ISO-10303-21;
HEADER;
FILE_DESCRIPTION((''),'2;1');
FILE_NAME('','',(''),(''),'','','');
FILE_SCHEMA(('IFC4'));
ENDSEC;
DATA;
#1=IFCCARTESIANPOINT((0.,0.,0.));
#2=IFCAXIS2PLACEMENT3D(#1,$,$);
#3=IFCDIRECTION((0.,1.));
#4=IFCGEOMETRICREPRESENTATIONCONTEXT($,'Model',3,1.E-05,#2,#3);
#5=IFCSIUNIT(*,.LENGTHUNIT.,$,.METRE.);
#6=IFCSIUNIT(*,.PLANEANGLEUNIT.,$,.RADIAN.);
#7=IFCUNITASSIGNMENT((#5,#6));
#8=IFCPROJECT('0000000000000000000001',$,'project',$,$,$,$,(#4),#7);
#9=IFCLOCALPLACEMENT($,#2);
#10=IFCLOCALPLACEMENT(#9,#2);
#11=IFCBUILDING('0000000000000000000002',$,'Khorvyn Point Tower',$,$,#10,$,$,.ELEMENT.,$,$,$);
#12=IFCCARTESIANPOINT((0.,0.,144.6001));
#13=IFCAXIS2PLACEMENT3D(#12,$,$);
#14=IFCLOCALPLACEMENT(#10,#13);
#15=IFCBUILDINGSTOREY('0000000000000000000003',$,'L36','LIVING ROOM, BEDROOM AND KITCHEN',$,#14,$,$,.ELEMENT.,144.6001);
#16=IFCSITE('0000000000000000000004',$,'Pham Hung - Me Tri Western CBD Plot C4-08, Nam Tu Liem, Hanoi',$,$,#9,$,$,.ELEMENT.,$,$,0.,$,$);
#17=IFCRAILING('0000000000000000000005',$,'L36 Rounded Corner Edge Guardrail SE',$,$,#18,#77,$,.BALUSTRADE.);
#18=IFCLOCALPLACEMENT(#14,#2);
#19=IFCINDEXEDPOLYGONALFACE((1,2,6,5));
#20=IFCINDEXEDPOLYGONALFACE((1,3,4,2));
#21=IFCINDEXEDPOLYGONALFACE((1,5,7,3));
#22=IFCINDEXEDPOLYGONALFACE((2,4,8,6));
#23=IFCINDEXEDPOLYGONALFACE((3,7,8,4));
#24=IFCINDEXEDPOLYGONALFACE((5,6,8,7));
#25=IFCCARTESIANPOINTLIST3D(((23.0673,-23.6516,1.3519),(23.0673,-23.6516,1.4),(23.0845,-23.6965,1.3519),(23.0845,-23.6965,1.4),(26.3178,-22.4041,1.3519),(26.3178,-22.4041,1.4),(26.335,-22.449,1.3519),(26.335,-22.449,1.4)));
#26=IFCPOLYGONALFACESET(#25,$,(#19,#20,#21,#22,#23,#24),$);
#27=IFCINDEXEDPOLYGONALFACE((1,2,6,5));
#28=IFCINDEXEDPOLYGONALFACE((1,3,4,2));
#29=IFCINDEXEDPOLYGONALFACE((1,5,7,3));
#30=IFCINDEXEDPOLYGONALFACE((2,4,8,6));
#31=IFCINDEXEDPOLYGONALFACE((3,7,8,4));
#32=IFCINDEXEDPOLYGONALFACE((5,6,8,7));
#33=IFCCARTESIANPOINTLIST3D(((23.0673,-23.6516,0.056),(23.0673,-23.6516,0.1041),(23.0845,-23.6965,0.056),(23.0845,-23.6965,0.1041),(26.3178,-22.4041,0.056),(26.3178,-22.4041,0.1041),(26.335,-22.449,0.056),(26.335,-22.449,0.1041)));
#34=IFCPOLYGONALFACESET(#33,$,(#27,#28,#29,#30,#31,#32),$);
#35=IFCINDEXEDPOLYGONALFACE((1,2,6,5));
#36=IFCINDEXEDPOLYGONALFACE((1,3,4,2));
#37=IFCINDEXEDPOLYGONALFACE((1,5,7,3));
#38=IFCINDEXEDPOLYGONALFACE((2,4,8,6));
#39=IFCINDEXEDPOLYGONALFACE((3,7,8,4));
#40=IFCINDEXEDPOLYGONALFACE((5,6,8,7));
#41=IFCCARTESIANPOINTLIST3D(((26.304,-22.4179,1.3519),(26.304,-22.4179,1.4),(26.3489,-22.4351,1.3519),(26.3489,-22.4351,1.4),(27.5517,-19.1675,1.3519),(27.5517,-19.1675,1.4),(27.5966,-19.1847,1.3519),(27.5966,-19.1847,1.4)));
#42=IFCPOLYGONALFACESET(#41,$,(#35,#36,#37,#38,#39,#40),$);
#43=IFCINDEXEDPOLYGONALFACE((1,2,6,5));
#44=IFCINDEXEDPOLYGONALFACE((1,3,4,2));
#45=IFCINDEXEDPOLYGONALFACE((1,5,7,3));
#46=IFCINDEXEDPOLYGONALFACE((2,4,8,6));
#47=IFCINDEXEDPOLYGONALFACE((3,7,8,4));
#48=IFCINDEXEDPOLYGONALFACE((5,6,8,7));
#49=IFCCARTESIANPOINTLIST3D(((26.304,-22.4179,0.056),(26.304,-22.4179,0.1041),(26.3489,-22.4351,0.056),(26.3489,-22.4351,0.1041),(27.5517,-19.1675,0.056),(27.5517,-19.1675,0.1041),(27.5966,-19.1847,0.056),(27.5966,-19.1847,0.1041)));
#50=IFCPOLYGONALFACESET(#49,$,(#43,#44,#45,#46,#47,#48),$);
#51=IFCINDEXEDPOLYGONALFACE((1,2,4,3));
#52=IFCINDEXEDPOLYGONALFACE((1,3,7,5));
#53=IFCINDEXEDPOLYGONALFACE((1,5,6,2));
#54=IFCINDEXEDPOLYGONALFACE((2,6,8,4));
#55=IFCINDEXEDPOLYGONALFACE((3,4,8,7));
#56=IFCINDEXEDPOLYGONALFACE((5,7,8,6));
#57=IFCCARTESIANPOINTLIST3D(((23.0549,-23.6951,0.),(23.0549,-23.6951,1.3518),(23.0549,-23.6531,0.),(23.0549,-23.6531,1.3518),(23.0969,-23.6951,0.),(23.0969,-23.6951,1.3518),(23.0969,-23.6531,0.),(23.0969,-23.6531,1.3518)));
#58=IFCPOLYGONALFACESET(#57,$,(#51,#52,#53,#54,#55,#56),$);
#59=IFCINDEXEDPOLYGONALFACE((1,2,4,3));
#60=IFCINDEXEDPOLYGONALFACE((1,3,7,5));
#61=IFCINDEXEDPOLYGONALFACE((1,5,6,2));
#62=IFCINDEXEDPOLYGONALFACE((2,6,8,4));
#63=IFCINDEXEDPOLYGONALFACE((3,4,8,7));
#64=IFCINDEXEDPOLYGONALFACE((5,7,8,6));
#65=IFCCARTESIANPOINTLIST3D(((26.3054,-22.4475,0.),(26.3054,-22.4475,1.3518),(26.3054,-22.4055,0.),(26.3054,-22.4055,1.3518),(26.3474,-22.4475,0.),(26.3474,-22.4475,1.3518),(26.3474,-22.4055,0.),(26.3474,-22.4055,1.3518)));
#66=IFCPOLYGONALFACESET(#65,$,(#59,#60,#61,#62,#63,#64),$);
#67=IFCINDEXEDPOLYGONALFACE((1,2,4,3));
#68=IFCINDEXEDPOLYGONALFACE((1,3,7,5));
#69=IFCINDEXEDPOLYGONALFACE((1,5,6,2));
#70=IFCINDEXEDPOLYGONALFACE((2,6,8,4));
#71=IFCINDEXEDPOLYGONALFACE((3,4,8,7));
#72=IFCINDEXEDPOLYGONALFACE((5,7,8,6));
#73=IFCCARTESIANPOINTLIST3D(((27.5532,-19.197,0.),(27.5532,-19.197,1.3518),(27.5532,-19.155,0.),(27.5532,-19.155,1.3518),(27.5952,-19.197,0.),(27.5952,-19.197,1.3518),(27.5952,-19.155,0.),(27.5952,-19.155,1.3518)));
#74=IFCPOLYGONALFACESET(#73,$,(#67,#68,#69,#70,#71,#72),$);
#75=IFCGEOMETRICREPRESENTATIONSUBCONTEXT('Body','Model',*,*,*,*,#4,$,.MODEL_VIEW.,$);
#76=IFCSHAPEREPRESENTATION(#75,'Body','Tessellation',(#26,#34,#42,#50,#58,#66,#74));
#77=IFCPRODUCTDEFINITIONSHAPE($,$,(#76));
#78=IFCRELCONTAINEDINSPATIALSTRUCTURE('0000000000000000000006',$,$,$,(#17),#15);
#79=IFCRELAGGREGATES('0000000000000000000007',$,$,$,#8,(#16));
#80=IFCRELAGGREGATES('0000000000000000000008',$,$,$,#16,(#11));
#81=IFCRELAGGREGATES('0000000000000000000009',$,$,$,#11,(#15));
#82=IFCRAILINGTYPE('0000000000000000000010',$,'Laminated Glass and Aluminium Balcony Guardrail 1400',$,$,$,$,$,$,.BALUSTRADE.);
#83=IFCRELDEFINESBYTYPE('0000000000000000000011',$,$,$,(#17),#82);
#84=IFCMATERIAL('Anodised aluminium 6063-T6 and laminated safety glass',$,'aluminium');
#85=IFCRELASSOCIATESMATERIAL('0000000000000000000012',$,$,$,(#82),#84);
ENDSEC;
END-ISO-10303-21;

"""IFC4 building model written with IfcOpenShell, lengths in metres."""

from ifc_helpers import new_model, si_unit, direction, frame, origin, origin_2d, place, context, subcontext, project, spatial, rectangle, extrude, material, type_object, element, save


model = new_model("IFC4")

# Units and contexts
model_context = context("Model", 3, precision=1e-05, world=origin(), true_north=direction((0.0, 1.0)))
body_context = subcontext(model_context, "Body", "Model", "MODEL_VIEW")
ifc_project = project(units=[si_unit("LENGTHUNIT", "METRE"), si_unit("PLANEANGLEUNIT", "RADIAN")], contexts=[model_context])

# Site, building, storey
site_placement = place(None, origin())
site = spatial("IfcSite", under=ifc_project, at=site_placement, Name="Pham Hung - Me Tri Western CBD Plot C4-08, Nam Tu Liem, Hanoi", CompositionType="ELEMENT", RefElevation=0.0)
building_placement = place(site_placement, origin())
building = spatial("IfcBuilding", under=site, at=building_placement, Name="Khorvyn Point Tower", CompositionType="ELEMENT")
storey_placement = place(building_placement, frame((0.0, 0.0, 144.6001)))
storey = spatial("IfcBuildingStorey", under=building, at=storey_placement, Name="L36", Description="LIVING ROOM, BEDROOM AND KITCHEN", CompositionType="ELEMENT", Elevation=144.6001)

# Railing
ifc_material_1 = material(Name="Anodised aluminium 6063-T6 and laminated safety glass", Category="aluminium")
railing_type = type_object("IfcRailingType", Name="Laminated Glass and Aluminium Balcony Guardrail 1400", PredefinedType="BALUSTRADE", material=ifc_material_1)
railing_placement = place(storey_placement, frame((23.0759, -23.6741, 0.0)))
element("IfcRailing", 1, at=railing_placement, inside=storey, type_object=railing_type, Name="L36 Rounded Corner Edge Guardrail SE", PredefinedType="BALUSTRADE", context=body_context, shape_type="SweptSolid", body=[
    extrude(rectangle(XDim=0.0481, YDim=0.0481, at=origin_2d()), frame((0.0, 0.0, 1.376), z_axis=(0.933598, 0.358321, 0.0), x_axis=(-0.358321, 0.933598, 0.0)), (0.0, 0.0, 1.0), 3.4817),
    extrude(rectangle(XDim=0.0481, YDim=0.0481, at=origin_2d()), frame((0.0, 0.0, 0.0801), z_axis=(0.933598, 0.358321, 0.0), x_axis=(-0.358321, 0.933598, 0.0)), (0.0, 0.0, 1.0), 3.4817),
    extrude(rectangle(XDim=0.0481, YDim=0.0481, at=origin_2d()), frame((3.2505, 1.2476, 1.376), z_axis=(0.358382, 0.933575, 0.0), x_axis=(-0.933575, 0.358382, 0.0)), (0.0, 0.0, 1.0), 3.4817),
    extrude(rectangle(XDim=0.0481, YDim=0.0481, at=origin_2d()), frame((3.2505, 1.2476, 0.0801), z_axis=(0.358382, 0.933575, 0.0), x_axis=(-0.933575, 0.358382, 0.0)), (0.0, 0.0, 1.0), 3.4817),
    extrude(rectangle(XDim=0.042, YDim=0.042, at=origin_2d()), origin(), (0.0, 0.0, 1.0), 1.3518),
    extrude(rectangle(XDim=0.042, YDim=0.042, at=origin_2d()), frame((3.2505, 1.2476, 0.0)), (0.0, 0.0, 1.0), 1.3518),
    extrude(rectangle(XDim=0.042, YDim=0.042, at=origin_2d()), frame((4.4983, 4.498, 0.0)), (0.0, 0.0, 1.0), 1.3518),
])

save(model, "model.ifc")
